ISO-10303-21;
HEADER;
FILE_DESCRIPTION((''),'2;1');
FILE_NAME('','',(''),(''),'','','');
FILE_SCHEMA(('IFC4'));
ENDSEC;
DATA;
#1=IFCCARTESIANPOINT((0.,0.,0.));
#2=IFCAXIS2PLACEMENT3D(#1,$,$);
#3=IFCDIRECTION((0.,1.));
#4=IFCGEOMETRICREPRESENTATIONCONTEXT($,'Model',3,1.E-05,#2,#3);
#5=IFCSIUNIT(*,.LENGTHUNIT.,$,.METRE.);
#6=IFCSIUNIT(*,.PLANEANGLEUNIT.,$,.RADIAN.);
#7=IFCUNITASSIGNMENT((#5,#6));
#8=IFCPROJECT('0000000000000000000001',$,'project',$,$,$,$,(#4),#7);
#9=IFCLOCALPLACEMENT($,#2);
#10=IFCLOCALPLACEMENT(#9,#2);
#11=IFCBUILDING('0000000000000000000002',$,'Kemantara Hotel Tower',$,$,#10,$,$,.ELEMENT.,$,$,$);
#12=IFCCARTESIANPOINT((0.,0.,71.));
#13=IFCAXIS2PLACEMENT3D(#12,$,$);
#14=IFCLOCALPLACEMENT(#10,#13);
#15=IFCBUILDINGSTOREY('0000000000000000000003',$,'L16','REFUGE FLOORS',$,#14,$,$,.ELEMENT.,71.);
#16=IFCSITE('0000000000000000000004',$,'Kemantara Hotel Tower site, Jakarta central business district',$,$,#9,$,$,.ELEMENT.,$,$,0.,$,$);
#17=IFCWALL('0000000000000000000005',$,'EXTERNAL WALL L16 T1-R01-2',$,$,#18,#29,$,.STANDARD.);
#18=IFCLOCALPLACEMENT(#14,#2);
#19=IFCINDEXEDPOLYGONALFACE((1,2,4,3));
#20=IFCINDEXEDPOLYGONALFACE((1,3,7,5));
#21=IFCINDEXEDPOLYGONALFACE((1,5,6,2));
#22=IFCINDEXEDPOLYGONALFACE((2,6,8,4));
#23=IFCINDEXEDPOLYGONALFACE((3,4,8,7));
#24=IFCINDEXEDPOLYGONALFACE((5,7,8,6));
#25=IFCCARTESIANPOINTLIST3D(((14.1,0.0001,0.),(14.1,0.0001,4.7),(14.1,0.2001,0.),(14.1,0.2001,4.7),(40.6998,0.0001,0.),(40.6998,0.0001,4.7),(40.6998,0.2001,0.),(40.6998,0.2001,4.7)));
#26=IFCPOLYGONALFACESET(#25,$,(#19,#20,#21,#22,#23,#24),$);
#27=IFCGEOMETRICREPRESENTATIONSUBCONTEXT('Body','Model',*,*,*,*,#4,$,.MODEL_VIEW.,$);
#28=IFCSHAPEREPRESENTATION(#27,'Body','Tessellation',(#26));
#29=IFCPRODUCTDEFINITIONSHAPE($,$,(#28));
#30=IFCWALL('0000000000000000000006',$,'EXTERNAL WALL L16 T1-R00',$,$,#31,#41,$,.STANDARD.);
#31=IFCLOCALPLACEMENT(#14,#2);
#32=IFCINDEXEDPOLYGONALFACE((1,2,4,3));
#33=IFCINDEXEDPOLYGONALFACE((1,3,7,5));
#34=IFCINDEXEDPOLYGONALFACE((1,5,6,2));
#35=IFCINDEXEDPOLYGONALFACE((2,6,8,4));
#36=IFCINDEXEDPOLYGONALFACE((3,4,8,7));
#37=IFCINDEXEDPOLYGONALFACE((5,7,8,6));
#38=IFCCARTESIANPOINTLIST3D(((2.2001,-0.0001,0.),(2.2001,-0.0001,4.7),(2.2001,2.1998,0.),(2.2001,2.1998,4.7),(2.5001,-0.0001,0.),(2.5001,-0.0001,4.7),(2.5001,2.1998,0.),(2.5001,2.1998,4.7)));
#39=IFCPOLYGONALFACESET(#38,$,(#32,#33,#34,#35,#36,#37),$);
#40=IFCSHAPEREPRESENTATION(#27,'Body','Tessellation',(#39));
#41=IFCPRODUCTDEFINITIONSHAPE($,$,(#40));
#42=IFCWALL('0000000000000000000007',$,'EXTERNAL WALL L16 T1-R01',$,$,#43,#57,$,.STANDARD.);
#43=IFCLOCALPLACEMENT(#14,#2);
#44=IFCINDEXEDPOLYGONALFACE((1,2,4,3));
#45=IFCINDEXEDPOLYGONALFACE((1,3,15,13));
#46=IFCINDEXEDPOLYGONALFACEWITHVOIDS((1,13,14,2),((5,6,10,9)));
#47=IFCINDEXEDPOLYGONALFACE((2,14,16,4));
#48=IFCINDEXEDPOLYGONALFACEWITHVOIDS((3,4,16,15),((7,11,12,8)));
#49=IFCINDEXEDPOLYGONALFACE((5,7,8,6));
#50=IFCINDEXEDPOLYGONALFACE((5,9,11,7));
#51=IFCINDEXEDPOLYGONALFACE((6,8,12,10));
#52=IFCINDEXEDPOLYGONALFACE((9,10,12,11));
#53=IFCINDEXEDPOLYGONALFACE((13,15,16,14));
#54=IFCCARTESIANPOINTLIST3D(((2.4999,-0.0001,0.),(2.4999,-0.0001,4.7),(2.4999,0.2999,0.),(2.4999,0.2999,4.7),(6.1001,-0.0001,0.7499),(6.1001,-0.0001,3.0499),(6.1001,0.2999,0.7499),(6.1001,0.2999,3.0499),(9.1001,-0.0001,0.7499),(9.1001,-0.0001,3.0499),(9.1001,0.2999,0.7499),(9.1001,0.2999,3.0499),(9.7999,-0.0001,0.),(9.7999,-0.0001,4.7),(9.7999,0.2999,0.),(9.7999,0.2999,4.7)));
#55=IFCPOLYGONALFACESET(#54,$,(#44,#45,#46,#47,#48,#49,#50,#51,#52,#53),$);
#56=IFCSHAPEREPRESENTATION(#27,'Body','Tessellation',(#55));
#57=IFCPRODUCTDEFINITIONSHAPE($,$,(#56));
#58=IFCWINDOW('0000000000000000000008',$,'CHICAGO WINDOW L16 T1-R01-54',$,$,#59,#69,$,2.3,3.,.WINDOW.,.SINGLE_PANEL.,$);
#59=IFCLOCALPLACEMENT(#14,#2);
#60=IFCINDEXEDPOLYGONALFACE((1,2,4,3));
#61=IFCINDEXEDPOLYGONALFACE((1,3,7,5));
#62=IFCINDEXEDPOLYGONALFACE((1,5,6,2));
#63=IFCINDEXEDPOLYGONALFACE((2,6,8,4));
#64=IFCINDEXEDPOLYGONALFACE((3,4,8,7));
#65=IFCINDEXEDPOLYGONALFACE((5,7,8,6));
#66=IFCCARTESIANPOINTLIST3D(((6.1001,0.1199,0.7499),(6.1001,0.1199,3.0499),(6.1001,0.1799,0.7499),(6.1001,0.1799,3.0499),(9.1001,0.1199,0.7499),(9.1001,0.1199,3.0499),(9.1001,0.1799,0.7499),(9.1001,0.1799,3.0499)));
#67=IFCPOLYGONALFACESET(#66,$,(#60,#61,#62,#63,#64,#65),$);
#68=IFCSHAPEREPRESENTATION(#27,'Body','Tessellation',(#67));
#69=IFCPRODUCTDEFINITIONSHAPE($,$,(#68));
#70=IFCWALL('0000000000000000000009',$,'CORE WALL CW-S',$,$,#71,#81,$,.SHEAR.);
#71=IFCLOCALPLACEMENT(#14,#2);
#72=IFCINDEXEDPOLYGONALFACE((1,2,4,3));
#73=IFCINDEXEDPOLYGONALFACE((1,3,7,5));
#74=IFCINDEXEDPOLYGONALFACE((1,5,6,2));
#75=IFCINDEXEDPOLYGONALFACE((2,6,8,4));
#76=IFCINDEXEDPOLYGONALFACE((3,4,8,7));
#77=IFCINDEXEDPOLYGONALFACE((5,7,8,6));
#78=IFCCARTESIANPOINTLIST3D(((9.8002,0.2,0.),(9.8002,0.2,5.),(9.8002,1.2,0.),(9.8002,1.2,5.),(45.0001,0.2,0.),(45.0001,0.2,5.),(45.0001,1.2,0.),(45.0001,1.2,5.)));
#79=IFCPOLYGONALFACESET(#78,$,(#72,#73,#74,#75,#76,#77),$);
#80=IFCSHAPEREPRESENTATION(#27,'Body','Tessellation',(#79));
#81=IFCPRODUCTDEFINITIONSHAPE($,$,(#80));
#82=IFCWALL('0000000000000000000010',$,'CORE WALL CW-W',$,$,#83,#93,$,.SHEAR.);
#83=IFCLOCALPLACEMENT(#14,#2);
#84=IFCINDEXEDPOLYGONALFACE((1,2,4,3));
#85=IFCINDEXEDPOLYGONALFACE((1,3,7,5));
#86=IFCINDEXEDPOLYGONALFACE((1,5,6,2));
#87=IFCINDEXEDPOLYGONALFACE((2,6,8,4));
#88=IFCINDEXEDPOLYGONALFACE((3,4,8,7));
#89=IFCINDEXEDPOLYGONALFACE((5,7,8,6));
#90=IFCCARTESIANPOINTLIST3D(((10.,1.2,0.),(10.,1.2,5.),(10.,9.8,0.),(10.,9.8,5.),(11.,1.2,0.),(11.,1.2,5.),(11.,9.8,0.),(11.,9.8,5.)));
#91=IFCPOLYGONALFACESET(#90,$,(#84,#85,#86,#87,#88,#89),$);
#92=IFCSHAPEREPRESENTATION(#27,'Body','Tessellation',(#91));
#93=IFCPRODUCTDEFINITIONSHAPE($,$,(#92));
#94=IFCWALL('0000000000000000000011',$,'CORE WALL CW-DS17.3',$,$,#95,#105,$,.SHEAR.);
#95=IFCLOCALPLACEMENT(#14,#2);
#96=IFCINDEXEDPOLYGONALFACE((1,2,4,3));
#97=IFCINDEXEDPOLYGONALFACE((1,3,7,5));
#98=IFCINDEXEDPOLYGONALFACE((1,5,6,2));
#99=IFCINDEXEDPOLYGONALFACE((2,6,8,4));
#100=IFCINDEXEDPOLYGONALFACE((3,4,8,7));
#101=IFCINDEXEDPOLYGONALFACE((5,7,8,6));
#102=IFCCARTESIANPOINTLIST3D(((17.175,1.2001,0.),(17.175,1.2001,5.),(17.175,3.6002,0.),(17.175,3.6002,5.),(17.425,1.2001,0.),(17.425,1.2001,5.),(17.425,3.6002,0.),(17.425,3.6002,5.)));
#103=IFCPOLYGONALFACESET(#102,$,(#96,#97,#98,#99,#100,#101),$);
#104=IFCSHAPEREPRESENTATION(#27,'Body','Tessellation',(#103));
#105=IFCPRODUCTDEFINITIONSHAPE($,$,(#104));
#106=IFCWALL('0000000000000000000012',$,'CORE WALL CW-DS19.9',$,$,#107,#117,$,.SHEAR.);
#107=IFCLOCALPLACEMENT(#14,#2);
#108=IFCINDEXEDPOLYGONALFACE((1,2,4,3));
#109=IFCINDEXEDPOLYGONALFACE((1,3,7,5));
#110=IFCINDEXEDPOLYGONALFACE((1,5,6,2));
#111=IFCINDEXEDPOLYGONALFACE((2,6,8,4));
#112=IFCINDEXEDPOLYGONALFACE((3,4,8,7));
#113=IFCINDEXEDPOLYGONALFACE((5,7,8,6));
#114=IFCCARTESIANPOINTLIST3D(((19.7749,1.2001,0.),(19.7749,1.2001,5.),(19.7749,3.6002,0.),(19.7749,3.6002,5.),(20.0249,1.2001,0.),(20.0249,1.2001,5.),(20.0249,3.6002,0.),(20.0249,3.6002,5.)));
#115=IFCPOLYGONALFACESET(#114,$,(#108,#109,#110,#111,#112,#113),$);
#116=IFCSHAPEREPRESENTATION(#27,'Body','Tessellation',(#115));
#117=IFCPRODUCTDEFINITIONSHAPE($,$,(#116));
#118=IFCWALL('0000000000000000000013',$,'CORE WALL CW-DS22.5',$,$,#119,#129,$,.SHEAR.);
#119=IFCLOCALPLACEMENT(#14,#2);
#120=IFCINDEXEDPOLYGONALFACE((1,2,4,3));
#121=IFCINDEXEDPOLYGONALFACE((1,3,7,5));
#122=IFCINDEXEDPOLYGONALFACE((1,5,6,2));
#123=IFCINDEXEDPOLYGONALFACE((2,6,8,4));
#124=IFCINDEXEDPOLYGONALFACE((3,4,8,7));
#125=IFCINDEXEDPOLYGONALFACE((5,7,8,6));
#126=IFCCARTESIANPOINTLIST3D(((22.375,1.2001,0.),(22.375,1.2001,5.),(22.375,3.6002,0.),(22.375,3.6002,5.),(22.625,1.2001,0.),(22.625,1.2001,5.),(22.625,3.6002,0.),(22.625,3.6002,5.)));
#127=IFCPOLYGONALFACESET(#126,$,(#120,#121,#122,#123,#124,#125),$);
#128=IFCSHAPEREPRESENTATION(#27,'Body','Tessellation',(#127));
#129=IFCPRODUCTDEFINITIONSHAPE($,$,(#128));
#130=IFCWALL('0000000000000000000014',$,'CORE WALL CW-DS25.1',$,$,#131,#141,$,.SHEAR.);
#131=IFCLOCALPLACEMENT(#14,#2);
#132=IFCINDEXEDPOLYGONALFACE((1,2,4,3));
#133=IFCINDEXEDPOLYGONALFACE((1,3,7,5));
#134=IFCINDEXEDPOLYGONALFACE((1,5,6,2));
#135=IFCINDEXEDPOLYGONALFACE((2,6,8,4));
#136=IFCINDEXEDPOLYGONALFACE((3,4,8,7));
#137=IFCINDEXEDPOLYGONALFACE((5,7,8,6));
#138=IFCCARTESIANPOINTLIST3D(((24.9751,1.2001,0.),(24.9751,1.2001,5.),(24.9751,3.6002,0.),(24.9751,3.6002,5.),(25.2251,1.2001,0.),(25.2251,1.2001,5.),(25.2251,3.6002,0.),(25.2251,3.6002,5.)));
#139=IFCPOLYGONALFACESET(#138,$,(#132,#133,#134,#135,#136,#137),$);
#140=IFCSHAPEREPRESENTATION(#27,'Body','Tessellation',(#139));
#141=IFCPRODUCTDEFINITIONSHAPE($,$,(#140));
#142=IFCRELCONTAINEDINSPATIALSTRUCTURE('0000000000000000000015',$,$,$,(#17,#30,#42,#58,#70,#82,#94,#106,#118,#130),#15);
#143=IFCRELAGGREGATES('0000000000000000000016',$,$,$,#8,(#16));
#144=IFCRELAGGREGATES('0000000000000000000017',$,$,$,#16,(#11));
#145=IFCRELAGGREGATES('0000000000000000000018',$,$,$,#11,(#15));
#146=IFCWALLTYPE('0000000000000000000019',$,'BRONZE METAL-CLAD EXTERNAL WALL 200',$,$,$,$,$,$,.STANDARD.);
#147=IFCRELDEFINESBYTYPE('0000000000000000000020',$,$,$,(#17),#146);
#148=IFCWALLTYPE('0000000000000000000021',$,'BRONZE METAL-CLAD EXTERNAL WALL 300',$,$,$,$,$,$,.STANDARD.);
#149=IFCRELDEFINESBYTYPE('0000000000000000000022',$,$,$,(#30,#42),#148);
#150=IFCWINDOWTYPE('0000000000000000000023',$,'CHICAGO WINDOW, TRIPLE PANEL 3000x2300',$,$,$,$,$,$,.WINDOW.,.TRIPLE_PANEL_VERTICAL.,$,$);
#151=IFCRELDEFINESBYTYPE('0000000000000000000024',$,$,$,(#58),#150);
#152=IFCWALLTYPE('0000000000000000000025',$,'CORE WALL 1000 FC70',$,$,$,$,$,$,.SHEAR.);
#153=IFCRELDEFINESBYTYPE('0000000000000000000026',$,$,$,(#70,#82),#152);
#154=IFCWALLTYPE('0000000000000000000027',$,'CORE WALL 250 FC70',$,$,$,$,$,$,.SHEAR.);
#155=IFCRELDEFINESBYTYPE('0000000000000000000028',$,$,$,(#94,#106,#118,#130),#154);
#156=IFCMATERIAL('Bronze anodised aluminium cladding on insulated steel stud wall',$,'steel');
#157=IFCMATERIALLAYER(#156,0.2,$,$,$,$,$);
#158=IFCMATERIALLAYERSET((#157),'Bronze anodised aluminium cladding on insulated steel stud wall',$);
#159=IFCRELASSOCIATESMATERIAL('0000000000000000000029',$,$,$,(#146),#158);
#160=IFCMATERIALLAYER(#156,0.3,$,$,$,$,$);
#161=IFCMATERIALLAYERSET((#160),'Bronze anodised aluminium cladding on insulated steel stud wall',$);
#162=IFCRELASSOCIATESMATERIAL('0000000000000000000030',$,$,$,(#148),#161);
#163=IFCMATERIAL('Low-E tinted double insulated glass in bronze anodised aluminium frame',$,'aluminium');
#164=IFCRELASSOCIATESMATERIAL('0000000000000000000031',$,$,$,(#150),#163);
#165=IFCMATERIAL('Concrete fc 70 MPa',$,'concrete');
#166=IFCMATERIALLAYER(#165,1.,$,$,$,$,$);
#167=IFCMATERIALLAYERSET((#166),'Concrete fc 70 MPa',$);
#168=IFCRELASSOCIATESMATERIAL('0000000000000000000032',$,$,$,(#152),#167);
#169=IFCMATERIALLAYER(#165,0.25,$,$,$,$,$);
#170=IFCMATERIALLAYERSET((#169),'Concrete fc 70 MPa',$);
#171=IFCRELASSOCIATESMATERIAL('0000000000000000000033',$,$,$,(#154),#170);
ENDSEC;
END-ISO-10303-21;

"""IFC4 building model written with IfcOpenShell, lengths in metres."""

from ifc_helpers import new_model, si_unit, direction, frame, frame_2d, origin, place, context, subcontext, project, spatial, rectangle, extrude, material, layer, layer_set, type_object, element, fill, save


model = new_model("IFC4")

# Units and contexts
model_context = context("Model", 3, precision=1e-05, world=origin(), true_north=direction((0.0, 1.0)))
body_context = subcontext(model_context, "Body", "Model", "MODEL_VIEW")
ifc_project = project(units=[si_unit("LENGTHUNIT", "METRE"), si_unit("PLANEANGLEUNIT", "RADIAN")], contexts=[model_context])

# Site, building, storey
site_placement = place(None, origin())
site = spatial("IfcSite", under=ifc_project, at=site_placement, Name="Kemantara Hotel Tower site, Jakarta central business district", CompositionType="ELEMENT", RefElevation=0.0)
building_placement = place(site_placement, origin())
building = spatial("IfcBuilding", under=site, at=building_placement, Name="Kemantara Hotel Tower", CompositionType="ELEMENT")
storey_placement = place(building_placement, frame((0.0, 0.0, 71.0)))
storey = spatial("IfcBuildingStorey", under=building, at=storey_placement, Name="L16", Description="REFUGE FLOORS", CompositionType="ELEMENT", Elevation=71.0)

# Walls
ifc_material_1 = material(Name="Bronze anodised aluminium cladding on insulated steel stud wall", Category="steel")
ifc_layer_1 = layer(ifc_material_1, 0.2)
ifc_layer_set_1 = layer_set([ifc_layer_1], Name="Bronze anodised aluminium cladding on insulated steel stud wall")
wall_type_1 = type_object("IfcWallType", Name="BRONZE METAL-CLAD EXTERNAL WALL 200", PredefinedType="STANDARD", material=ifc_layer_set_1)
wall_1_placement = place(storey_placement, frame((14.1001, 0.1001, 0.0), z_axis=(0.0, 0.0, 1.0), x_axis=(1.0, 0.0, 0.0)))
element("IfcWall", 1, at=wall_1_placement, inside=storey, type_object=wall_type_1, Name="EXTERNAL WALL L16 T1-R01-2", PredefinedType="STANDARD", context=body_context, shape_type="SweptSolid", body=[
    extrude(rectangle(XDim=26.5999, YDim=0.2, at=frame_2d((13.2998, 0.0))), origin(), (0.0, 0.0, 1.0), 4.7),
])
ifc_layer_2 = layer(ifc_material_1, 0.3)
ifc_layer_set_2 = layer_set([ifc_layer_2], Name="Bronze anodised aluminium cladding on insulated steel stud wall")
wall_type_2 = type_object("IfcWallType", Name="BRONZE METAL-CLAD EXTERNAL WALL 300", PredefinedType="STANDARD", material=ifc_layer_set_2)
wall_2_placement = place(storey_placement, frame((2.3501, 2.2, 0.0), z_axis=(0.0, 0.0, 1.0), x_axis=(0.0, -1.0, 0.0)))
element("IfcWall", 2, at=wall_2_placement, inside=storey, type_object=wall_type_2, Name="EXTERNAL WALL L16 T1-R00", PredefinedType="STANDARD", context=body_context, shape_type="SweptSolid", body=[
    extrude(rectangle(XDim=2.2, YDim=0.3, at=frame_2d((1.1001, 0.0))), origin(), (0.0, 0.0, 1.0), 4.7),
])

# Wall, opening, window
wall_3_placement = place(storey_placement, frame((2.5, 0.1499, 0.0), z_axis=(0.0, 0.0, 1.0), x_axis=(1.0, 0.0, 0.0)))
wall_3 = element("IfcWall", 3, at=wall_3_placement, inside=storey, type_object=wall_type_2, Name="EXTERNAL WALL L16 T1-R01", PredefinedType="STANDARD", context=body_context, shape_type="SweptSolid", body=[
    extrude(rectangle(XDim=7.3, YDim=0.3, at=frame_2d((3.6499, 0.0))), origin(), (0.0, 0.0, 1.0), 4.7),
])
opening_1_placement = place(wall_3_placement, frame((3.6001, 0.0, 0.75)))
opening_1 = element("IfcOpeningElement", 4, at=opening_1_placement, cuts=wall_3, PredefinedType="OPENING", context=body_context, shape_type="SweptSolid", body=[
    extrude(rectangle(XDim=3.0, YDim=2.3, at=frame_2d((1.5, 1.1499))), frame((0.0, 0.1599, 0.0), z_axis=(0.0, -1.0, 0.0), x_axis=(1.0, 0.0, 0.0)), (0.0, 0.0, 1.0), 0.3201),
])
ifc_material_2 = material(Name="Low-E tinted double insulated glass in bronze anodised aluminium frame", Category="aluminium")
window_type = type_object("IfcWindowType", Name="CHICAGO WINDOW, TRIPLE PANEL 3000x2300", PartitioningType="TRIPLE_PANEL_VERTICAL", PredefinedType="WINDOW", material=ifc_material_2)
window_placement = place(opening_1_placement, origin())
window = element("IfcWindow", 5, at=window_placement, inside=storey, type_object=window_type, Name="CHICAGO WINDOW L16 T1-R01-54", OverallHeight=2.3, OverallWidth=3.0, PartitioningType="SINGLE_PANEL", PredefinedType="WINDOW", context=body_context, shape_type="SweptSolid", body=[
    extrude(rectangle(XDim=3.0, YDim=2.3, at=frame_2d((1.5, 1.1499))), frame((0.0, 0.03, 0.0), z_axis=(0.0, -1.0, 0.0), x_axis=(1.0, 0.0, 0.0)), (0.0, 0.0, 1.0), 0.0601),
])
fill(opening_1, window)

# Walls
ifc_material_3 = material(Name="Concrete fc 70 MPa", Category="concrete")
ifc_layer_3 = layer(ifc_material_3, 1.0)
ifc_layer_set_3 = layer_set([ifc_layer_3], Name="Concrete fc 70 MPa")
wall_type_3 = type_object("IfcWallType", Name="CORE WALL 1000 FC70", PredefinedType="SHEAR", material=ifc_layer_set_3)
wall_4_placement = place(storey_placement, frame((9.8, 0.7, 0.0), z_axis=(0.0, 0.0, 1.0), x_axis=(1.0, 0.0, 0.0)))
element("IfcWall", 6, at=wall_4_placement, inside=storey, type_object=wall_type_3, Name="CORE WALL CW-S", PredefinedType="SHEAR", context=body_context, shape_type="SweptSolid", body=[
    extrude(rectangle(XDim=35.2, YDim=1.0, at=frame_2d((17.6001, 0.0))), origin(), (0.0, 0.0, 1.0), 5.0),
])
wall_5_placement = place(storey_placement, frame((10.5, 1.2, 0.0), z_axis=(0.0, 0.0, 1.0), x_axis=(0.0, 1.0, 0.0)))
element("IfcWall", 7, at=wall_5_placement, inside=storey, type_object=wall_type_3, Name="CORE WALL CW-W", PredefinedType="SHEAR", context=body_context, shape_type="SweptSolid", body=[
    extrude(rectangle(XDim=8.6001, YDim=1.0, at=frame_2d((4.3, 0.0))), origin(), (0.0, 0.0, 1.0), 5.0),
])
ifc_layer_4 = layer(ifc_material_3, 0.25)
ifc_layer_set_4 = layer_set([ifc_layer_4], Name="Concrete fc 70 MPa")
wall_type_4 = type_object("IfcWallType", Name="CORE WALL 250 FC70", PredefinedType="SHEAR", material=ifc_layer_set_4)
for number, where, z_axis, x_axis, name in (
    (8, (17.3, 1.2, 0.0), (0.0, 0.0, 1.0), (0.0, 1.0, 0.0), "CORE WALL CW-DS17.3"),
    (9, (19.8999, 1.2, 0.0), (0.0, 0.0, 1.0), (0.0, 1.0, 0.0), "CORE WALL CW-DS19.9"),
    (10, (22.5, 1.2, 0.0), (0.0, 0.0, 1.0), (0.0, 1.0, 0.0), "CORE WALL CW-DS22.5"),
    (11, (25.1001, 1.2, 0.0), (0.0, 0.0, 1.0), (0.0, 1.0, 0.0), "CORE WALL CW-DS25.1"),
):
    element("IfcWall", number, at=place(storey_placement, frame(where, z_axis=z_axis, x_axis=x_axis)), inside=storey, type_object=wall_type_4, Name=name, PredefinedType="SHEAR", context=body_context, shape_type="SweptSolid", body=[
        extrude(rectangle(XDim=2.4001, YDim=0.25, at=frame_2d((1.2002, 0.0))), origin(), (0.0, 0.0, 1.0), 5.0),
    ])

save(model, "model.ifc")
